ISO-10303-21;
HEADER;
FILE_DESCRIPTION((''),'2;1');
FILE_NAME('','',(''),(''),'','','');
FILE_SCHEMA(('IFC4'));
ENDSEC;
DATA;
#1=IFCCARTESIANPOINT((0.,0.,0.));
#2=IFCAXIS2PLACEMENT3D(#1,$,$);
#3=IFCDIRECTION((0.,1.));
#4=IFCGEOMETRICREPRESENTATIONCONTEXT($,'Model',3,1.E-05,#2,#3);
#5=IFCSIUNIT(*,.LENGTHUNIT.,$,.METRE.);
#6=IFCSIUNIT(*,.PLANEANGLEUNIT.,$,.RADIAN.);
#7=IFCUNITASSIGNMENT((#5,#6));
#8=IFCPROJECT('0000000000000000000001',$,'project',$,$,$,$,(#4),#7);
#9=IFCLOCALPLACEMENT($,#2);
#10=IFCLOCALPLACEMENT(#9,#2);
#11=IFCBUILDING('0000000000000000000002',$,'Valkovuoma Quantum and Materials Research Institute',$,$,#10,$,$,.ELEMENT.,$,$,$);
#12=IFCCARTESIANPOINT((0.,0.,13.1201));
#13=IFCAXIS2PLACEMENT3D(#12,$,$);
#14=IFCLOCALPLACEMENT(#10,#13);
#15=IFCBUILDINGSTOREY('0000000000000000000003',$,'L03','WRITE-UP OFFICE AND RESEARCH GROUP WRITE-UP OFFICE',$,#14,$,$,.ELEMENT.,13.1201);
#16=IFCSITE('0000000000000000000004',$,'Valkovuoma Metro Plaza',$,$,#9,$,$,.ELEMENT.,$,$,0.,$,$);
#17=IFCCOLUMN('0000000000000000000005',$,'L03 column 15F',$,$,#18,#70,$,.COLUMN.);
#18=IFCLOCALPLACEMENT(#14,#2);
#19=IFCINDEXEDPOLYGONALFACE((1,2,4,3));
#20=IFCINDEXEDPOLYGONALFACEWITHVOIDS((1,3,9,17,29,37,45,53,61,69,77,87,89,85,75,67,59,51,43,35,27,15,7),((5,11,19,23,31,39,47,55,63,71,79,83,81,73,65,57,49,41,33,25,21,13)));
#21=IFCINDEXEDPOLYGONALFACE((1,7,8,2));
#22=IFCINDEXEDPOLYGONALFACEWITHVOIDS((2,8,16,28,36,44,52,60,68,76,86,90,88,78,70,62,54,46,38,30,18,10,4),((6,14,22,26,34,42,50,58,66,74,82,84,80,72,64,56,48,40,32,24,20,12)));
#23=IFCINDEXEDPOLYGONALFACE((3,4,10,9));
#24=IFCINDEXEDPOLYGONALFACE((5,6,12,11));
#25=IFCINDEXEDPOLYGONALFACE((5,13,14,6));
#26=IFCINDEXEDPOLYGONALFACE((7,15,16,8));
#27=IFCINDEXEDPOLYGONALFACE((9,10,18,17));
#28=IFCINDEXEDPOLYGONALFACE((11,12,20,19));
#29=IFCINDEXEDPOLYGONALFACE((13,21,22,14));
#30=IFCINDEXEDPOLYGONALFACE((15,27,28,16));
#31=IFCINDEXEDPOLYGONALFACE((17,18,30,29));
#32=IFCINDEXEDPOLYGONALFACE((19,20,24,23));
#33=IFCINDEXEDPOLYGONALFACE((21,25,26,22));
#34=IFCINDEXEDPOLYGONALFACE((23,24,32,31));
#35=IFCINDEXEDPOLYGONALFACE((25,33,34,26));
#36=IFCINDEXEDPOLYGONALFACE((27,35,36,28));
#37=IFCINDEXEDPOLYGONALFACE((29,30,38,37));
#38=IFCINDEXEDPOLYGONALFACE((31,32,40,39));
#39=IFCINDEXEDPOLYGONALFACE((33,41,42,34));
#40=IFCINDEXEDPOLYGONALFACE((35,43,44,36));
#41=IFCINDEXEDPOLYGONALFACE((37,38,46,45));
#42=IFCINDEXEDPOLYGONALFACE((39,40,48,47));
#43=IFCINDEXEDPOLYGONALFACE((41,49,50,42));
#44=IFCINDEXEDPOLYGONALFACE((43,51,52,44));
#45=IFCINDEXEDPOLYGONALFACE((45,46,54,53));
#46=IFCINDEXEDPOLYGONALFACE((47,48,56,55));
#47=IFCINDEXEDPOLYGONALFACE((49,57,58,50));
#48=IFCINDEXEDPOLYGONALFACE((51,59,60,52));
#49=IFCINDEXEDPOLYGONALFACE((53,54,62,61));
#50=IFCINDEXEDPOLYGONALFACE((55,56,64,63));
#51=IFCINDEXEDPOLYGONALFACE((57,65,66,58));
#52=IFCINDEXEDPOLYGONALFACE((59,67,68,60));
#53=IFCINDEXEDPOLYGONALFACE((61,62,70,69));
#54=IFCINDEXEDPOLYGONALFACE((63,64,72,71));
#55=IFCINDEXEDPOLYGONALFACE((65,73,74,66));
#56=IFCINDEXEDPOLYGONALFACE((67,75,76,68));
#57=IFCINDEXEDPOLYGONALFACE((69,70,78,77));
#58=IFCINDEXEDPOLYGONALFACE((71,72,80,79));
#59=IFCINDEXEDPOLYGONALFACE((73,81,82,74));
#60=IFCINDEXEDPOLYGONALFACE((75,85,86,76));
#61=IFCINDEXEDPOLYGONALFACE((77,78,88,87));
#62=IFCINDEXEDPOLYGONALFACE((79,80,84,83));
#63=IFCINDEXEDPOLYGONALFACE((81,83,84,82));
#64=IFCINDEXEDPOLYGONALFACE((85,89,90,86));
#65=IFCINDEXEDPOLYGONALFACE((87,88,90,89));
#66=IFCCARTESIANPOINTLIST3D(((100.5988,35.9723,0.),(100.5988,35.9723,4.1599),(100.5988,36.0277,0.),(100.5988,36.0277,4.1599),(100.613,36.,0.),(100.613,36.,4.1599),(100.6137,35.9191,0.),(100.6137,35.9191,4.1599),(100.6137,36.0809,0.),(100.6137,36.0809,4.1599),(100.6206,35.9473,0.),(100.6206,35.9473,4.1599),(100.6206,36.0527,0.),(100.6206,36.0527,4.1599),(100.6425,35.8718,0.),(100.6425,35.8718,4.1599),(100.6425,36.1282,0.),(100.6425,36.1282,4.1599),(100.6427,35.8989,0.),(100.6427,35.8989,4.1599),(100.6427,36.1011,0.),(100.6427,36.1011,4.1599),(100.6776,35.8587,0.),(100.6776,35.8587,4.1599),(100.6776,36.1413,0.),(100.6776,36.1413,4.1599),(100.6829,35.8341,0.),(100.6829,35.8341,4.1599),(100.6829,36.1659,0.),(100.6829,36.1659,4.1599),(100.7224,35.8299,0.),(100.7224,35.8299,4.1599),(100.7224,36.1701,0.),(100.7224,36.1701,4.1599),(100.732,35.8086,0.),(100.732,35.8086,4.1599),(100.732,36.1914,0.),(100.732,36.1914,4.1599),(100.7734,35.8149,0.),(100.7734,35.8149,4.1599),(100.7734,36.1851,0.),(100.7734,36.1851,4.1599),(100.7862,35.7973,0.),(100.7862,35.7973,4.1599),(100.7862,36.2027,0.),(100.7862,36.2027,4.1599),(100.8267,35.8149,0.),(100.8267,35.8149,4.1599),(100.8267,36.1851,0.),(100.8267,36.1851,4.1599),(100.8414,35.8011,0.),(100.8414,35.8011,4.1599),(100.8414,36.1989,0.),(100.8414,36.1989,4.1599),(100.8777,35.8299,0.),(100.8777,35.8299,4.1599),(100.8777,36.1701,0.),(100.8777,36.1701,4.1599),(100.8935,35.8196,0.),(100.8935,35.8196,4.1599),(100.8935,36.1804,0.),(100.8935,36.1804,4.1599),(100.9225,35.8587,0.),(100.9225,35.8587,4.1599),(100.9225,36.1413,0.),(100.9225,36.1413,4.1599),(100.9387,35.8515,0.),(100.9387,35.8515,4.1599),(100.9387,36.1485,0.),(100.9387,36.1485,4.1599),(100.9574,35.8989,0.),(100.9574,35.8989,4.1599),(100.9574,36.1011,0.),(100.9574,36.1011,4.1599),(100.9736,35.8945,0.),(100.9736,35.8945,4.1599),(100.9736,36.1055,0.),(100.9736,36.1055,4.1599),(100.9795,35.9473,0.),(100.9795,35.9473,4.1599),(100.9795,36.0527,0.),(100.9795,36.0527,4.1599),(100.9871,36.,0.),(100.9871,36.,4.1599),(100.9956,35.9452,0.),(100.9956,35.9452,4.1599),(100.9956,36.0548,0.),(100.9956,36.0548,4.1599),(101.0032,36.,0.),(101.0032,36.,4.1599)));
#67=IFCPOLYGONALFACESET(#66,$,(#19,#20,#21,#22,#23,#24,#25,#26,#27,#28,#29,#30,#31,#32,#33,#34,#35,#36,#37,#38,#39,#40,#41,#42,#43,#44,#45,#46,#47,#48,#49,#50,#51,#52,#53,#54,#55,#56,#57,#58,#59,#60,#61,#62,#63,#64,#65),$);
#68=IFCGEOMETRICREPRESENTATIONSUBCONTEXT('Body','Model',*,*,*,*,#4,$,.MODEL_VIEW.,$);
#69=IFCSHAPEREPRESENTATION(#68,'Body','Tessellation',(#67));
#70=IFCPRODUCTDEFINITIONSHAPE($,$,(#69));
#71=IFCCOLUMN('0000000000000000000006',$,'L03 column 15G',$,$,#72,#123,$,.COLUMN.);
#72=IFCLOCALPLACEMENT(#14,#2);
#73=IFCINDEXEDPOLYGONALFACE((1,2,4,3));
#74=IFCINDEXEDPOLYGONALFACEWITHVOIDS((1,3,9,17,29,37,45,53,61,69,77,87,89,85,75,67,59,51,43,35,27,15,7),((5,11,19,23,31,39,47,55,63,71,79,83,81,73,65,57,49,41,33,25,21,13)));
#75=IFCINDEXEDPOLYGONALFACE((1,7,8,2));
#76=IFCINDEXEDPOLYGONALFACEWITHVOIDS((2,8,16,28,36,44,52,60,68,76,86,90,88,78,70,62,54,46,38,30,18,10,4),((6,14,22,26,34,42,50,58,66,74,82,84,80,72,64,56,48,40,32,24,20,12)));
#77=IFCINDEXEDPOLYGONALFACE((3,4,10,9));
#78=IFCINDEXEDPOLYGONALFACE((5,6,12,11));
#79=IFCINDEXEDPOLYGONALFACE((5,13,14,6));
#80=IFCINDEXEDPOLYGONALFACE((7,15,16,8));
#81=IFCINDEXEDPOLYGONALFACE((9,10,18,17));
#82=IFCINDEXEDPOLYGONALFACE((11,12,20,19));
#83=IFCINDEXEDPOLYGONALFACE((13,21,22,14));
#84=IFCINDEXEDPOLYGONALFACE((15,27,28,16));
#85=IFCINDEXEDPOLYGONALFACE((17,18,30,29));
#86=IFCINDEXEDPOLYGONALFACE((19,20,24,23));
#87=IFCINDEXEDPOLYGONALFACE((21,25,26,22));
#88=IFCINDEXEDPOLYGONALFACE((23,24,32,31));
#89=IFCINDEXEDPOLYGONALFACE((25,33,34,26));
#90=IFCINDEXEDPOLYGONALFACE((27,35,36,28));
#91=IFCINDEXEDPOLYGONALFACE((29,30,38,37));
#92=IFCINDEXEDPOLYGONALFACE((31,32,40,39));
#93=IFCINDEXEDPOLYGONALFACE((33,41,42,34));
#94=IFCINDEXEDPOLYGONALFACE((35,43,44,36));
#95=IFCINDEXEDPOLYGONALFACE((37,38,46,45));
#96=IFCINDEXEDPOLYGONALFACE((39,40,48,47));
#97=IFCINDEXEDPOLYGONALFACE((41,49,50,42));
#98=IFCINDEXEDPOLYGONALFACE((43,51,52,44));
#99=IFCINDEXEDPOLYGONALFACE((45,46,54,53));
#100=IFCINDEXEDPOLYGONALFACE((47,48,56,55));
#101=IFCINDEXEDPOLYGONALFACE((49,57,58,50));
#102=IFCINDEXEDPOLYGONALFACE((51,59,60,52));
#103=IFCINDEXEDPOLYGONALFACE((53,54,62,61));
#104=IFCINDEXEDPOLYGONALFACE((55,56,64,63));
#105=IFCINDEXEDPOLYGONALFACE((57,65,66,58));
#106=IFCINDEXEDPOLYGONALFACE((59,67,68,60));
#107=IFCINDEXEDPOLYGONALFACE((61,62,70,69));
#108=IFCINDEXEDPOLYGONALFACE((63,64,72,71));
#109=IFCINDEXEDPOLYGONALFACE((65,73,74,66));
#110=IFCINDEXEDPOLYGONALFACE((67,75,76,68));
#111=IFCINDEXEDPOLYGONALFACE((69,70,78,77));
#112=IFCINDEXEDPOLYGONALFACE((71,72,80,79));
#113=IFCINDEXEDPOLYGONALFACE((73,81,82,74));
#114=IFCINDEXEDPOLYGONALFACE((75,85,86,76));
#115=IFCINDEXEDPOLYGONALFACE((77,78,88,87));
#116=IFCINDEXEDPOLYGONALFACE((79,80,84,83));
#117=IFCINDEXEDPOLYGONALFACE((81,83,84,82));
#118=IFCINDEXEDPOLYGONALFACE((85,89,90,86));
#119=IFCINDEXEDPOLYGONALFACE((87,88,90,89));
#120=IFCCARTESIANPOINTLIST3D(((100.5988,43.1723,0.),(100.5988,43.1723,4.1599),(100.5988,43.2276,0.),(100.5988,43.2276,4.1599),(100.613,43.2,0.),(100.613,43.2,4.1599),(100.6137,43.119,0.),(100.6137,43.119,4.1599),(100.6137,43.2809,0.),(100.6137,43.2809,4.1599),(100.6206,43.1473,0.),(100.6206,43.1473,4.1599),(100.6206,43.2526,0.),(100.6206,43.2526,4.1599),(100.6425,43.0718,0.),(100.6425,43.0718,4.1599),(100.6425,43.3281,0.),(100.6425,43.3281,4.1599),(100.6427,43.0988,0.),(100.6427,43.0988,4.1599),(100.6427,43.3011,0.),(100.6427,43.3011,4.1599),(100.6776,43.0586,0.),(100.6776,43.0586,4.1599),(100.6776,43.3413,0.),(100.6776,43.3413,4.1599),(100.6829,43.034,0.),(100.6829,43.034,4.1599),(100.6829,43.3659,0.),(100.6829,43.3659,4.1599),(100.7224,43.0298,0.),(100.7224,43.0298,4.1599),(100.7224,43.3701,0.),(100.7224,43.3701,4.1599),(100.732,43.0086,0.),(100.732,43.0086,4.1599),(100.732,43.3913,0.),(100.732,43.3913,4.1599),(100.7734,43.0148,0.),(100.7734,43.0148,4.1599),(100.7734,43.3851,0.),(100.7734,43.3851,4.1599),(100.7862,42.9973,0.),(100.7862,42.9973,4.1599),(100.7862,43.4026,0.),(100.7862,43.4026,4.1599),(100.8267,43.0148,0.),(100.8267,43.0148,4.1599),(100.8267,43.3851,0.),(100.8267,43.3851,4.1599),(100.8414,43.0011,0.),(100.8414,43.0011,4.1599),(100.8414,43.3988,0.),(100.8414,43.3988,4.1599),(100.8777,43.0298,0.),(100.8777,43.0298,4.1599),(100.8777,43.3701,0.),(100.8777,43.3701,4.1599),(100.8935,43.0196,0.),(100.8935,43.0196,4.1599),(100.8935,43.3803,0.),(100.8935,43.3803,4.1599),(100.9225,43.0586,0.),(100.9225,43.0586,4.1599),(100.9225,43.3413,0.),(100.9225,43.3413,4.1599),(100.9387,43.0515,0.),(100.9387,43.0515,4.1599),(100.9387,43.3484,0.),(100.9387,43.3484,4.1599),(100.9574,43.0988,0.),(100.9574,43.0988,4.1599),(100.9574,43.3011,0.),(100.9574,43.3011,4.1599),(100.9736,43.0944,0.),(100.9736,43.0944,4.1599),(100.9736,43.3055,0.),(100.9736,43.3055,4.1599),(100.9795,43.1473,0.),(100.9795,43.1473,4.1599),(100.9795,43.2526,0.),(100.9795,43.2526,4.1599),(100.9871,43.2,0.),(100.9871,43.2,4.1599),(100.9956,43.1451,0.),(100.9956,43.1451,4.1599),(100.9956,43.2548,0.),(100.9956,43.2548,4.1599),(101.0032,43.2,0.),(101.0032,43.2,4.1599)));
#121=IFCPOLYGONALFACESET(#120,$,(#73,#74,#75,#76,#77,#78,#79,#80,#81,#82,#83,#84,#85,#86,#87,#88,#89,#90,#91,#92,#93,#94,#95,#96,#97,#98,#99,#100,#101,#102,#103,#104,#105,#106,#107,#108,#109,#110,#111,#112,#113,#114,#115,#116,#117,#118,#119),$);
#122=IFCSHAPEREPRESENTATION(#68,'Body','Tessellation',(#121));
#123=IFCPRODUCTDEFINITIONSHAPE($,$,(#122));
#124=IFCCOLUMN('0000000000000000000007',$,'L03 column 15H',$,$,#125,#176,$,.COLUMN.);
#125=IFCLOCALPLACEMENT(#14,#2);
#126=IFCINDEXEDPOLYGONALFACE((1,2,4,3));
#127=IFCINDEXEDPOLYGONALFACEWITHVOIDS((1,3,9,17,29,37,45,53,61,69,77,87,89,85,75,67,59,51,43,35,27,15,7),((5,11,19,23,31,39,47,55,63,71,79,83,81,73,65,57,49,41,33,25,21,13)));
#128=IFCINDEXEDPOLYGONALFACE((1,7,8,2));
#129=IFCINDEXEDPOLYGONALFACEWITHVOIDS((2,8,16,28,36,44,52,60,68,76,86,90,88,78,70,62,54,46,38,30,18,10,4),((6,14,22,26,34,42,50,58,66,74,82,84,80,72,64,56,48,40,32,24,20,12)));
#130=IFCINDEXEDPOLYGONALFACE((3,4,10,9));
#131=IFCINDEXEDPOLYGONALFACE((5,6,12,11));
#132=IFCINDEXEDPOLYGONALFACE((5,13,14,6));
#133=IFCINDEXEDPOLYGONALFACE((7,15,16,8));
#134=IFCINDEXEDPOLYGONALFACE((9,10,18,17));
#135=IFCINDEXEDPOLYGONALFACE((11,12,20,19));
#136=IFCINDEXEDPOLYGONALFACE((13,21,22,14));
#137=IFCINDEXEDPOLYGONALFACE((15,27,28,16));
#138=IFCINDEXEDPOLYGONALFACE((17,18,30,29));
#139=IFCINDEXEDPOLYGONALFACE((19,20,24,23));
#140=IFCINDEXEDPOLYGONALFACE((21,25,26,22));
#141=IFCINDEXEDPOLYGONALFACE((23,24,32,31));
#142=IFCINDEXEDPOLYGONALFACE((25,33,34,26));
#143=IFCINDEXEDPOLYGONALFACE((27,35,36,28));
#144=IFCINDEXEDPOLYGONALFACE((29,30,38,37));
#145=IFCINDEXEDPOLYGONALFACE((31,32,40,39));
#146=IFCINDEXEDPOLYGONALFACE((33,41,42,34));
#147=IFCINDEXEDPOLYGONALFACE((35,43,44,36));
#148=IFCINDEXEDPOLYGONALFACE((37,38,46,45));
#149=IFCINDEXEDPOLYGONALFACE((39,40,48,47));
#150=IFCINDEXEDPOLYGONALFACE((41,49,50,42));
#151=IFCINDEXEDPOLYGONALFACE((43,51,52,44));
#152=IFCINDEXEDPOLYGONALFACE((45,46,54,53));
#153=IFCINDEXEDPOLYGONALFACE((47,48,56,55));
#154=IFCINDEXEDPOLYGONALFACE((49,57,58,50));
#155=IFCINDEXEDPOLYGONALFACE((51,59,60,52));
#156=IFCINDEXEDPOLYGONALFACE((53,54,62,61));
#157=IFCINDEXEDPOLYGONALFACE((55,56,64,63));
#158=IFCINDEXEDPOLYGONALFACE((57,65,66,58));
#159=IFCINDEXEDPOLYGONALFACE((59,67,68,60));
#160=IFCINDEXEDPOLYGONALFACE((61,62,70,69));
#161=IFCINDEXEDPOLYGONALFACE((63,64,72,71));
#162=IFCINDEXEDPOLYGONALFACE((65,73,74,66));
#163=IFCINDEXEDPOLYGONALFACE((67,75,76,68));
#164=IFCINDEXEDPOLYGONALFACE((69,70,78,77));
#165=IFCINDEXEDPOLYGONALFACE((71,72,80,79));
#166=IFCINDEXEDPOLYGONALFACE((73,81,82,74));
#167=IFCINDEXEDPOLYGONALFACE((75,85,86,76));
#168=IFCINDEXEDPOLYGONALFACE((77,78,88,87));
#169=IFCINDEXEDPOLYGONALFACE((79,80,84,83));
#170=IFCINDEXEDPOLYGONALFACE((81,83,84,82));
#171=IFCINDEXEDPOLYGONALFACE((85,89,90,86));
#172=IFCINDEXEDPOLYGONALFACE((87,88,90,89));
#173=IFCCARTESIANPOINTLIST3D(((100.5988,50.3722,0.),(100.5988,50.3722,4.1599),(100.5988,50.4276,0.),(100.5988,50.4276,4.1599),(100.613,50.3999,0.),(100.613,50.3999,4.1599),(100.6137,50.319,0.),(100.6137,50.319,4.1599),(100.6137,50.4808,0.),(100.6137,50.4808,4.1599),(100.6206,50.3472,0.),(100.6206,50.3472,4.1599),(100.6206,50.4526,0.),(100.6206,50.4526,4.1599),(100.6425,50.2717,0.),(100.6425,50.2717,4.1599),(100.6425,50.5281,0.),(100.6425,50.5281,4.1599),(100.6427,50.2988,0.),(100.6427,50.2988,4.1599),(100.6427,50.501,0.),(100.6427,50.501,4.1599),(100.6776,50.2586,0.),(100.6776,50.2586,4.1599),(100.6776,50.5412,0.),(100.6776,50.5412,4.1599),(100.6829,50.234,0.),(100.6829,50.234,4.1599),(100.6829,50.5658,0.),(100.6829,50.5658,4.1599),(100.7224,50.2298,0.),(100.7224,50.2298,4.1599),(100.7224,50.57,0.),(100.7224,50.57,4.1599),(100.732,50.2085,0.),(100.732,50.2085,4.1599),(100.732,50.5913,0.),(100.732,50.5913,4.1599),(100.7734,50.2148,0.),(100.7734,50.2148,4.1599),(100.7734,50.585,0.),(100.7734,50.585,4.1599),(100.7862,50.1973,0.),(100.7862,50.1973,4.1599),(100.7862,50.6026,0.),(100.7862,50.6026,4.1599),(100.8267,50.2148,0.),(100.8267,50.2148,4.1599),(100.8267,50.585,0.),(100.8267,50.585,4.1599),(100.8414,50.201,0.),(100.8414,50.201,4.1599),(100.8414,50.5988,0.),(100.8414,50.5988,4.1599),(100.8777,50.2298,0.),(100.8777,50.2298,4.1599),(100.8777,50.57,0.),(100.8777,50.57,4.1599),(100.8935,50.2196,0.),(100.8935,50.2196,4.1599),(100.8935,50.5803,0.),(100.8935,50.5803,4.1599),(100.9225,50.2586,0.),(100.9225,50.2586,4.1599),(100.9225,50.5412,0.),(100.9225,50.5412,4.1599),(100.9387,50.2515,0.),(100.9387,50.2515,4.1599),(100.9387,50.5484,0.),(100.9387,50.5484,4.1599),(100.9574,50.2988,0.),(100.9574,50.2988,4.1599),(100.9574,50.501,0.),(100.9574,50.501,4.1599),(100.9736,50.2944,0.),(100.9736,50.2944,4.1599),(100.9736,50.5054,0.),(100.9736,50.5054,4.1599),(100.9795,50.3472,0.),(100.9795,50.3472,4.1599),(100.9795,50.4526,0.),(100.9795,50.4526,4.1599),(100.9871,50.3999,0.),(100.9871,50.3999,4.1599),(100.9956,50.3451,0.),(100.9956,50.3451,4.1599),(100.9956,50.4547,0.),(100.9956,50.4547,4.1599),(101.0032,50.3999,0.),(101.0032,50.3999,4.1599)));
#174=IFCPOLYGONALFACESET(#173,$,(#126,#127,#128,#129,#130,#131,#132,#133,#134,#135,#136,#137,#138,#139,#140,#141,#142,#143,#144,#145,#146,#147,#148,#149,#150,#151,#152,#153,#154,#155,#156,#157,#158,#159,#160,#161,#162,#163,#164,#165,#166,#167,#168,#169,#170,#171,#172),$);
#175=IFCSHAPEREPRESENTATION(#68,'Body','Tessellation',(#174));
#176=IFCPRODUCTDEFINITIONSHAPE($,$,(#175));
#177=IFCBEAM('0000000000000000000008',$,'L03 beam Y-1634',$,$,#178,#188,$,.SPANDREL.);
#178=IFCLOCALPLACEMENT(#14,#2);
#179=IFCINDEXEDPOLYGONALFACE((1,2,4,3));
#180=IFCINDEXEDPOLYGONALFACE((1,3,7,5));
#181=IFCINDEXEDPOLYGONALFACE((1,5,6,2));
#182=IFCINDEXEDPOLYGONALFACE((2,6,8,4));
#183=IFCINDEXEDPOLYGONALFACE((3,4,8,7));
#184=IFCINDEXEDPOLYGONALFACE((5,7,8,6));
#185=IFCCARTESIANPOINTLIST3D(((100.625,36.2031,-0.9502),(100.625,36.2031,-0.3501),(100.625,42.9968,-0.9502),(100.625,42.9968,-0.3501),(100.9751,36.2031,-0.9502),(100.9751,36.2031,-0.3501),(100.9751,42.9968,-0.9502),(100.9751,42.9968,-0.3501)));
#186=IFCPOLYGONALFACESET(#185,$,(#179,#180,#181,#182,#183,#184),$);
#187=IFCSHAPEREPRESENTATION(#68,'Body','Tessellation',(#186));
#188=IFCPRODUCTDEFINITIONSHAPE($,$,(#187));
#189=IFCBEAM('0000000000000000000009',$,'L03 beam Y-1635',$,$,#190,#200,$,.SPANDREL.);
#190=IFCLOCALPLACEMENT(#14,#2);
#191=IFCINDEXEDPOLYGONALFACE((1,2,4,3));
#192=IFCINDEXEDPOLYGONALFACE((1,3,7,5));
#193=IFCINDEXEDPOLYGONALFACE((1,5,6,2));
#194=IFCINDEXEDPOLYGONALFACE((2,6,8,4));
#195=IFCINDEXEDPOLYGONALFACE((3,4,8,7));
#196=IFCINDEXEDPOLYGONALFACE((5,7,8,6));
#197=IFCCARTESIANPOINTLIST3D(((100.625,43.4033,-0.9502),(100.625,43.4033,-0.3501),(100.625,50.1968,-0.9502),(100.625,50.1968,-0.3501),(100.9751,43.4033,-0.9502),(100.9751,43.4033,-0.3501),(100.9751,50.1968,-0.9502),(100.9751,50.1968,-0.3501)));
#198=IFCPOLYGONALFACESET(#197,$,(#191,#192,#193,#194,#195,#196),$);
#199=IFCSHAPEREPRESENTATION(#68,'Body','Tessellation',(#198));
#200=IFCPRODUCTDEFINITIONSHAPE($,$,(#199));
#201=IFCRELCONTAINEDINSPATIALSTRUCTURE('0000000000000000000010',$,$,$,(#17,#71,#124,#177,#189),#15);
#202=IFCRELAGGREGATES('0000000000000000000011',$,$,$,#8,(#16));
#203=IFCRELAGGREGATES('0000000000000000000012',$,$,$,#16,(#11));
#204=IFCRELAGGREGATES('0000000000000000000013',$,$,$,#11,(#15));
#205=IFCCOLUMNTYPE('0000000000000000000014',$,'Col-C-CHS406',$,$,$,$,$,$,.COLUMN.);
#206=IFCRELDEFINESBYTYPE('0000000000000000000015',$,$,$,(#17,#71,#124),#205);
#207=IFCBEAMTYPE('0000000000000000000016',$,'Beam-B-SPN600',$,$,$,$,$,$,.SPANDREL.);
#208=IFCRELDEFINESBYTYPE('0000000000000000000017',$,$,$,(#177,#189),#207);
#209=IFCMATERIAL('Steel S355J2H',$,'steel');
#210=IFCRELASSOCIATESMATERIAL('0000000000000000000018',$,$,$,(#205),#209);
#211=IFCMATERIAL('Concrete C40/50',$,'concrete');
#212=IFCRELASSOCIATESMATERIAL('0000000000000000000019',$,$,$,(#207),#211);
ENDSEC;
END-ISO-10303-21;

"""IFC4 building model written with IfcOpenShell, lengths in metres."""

from ifc_helpers import new_model, si_unit, direction, frame, origin, origin_2d, place, context, subcontext, project, spatial, rectangle, hollow_circle, extrude, material, material_profile, profile_set, type_object, element, save


model = new_model("IFC4")

# Units and contexts
model_context = context("Model", 3, precision=1e-05, world=origin(), true_north=direction((0.0, 1.0)))
body_context = subcontext(model_context, "Body", "Model", "MODEL_VIEW")
ifc_project = project(units=[si_unit("LENGTHUNIT", "METRE"), si_unit("PLANEANGLEUNIT", "RADIAN")], contexts=[model_context])

# Site, building, storey
site_placement = place(None, origin())
site = spatial("IfcSite", under=ifc_project, at=site_placement, Name="Valkovuoma Metro Plaza", CompositionType="ELEMENT", RefElevation=0.0)
building_placement = place(site_placement, origin())
building = spatial("IfcBuilding", under=site, at=building_placement, Name="Valkovuoma Quantum and Materials Research Institute", CompositionType="ELEMENT")
storey_placement = place(building_placement, frame((0.0, 0.0, 13.1201)))
storey = spatial("IfcBuildingStorey", under=building, at=storey_placement, Name="L03", Description="WRITE-UP OFFICE AND RESEARCH GROUP WRITE-UP OFFICE", CompositionType="ELEMENT", Elevation=13.1201)

# Columns
ifc_material_1 = material(Name="Steel S355J2H", Category="steel")
ifc_material_profile_1 = material_profile(ifc_material_1, hollow_circle(Radius=0.2031, WallThickness=0.0161, at=origin_2d()), Name="Steel S355J2H")
ifc_profile_set_1 = profile_set([ifc_material_profile_1], Name="Steel S355J2H")
column_type = type_object("IfcColumnType", Name="Col-C-CHS406", PredefinedType="COLUMN", material=ifc_profile_set_1)
for number, where, z_axis, x_axis, name in (
    (1, (100.8, 36.0, 0.0), (0.0, 0.0, 1.0), (1.0, 0.0, 0.0), "L03 column 15F"),
    (2, (100.8, 43.2, 0.0), (0.0, 0.0, 1.0), (1.0, 0.0, 0.0), "L03 column 15G"),
    (3, (100.8, 50.3999, 0.0), (0.0, 0.0, 1.0), (1.0, 0.0, 0.0), "L03 column 15H"),
):
    element("IfcColumn", number, at=place(storey_placement, frame(where, z_axis=z_axis, x_axis=x_axis)), inside=storey, type_object=column_type, Name=name, PredefinedType="COLUMN", context=body_context, shape_type="SweptSolid", body=[
        extrude(hollow_circle(Radius=0.2031, WallThickness=0.0161, at=origin_2d()), origin(), (0.0, 0.0, 1.0), 4.1599),
    ])

# Beams
ifc_material_2 = material(Name="Concrete C40/50", Category="concrete")
ifc_material_profile_2 = material_profile(ifc_material_2, rectangle(XDim=0.3501, YDim=0.6001, at=origin_2d()), Name="Concrete C40/50")
ifc_profile_set_2 = profile_set([ifc_material_profile_2], Name="Concrete C40/50")
beam_type = type_object("IfcBeamType", Name="Beam-B-SPN600", PredefinedType="SPANDREL", material=ifc_profile_set_2)
beam_placement = place(storey_placement, frame((100.8, 36.2031, -0.6501), z_axis=(0.0, 1.0, 0.0), x_axis=(-1.0, 0.0, 0.0)))
element("IfcBeam", 4, at=beam_placement, inside=storey, type_object=beam_type, Name="L03 beam Y-1634", PredefinedType="SPANDREL", context=body_context, shape_type="SweptSolid", body=[
    extrude(rectangle(XDim=0.3501, YDim=0.6001, at=origin_2d()), origin(), (0.0, 0.0, 1.0), 6.7937),
])
for number, where, z_axis, x_axis, name in (
    (5, (100.8, 43.4033, -0.6501), (0.0, 1.0, 0.0), (-1.0, 0.0, 0.0), "L03 beam Y-1635"),
):
    element("IfcBeam", number, at=place(storey_placement, frame(where, z_axis=z_axis, x_axis=x_axis)), inside=storey, type_object=beam_type, Name=name, PredefinedType="SPANDREL", context=body_context, shape_type="SweptSolid", body=[
        extrude(rectangle(XDim=0.3501, YDim=0.6001, at=origin_2d()), origin(), (0.0, 0.0, 1.0), 6.7935),
    ])

save(model, "model.ifc")
